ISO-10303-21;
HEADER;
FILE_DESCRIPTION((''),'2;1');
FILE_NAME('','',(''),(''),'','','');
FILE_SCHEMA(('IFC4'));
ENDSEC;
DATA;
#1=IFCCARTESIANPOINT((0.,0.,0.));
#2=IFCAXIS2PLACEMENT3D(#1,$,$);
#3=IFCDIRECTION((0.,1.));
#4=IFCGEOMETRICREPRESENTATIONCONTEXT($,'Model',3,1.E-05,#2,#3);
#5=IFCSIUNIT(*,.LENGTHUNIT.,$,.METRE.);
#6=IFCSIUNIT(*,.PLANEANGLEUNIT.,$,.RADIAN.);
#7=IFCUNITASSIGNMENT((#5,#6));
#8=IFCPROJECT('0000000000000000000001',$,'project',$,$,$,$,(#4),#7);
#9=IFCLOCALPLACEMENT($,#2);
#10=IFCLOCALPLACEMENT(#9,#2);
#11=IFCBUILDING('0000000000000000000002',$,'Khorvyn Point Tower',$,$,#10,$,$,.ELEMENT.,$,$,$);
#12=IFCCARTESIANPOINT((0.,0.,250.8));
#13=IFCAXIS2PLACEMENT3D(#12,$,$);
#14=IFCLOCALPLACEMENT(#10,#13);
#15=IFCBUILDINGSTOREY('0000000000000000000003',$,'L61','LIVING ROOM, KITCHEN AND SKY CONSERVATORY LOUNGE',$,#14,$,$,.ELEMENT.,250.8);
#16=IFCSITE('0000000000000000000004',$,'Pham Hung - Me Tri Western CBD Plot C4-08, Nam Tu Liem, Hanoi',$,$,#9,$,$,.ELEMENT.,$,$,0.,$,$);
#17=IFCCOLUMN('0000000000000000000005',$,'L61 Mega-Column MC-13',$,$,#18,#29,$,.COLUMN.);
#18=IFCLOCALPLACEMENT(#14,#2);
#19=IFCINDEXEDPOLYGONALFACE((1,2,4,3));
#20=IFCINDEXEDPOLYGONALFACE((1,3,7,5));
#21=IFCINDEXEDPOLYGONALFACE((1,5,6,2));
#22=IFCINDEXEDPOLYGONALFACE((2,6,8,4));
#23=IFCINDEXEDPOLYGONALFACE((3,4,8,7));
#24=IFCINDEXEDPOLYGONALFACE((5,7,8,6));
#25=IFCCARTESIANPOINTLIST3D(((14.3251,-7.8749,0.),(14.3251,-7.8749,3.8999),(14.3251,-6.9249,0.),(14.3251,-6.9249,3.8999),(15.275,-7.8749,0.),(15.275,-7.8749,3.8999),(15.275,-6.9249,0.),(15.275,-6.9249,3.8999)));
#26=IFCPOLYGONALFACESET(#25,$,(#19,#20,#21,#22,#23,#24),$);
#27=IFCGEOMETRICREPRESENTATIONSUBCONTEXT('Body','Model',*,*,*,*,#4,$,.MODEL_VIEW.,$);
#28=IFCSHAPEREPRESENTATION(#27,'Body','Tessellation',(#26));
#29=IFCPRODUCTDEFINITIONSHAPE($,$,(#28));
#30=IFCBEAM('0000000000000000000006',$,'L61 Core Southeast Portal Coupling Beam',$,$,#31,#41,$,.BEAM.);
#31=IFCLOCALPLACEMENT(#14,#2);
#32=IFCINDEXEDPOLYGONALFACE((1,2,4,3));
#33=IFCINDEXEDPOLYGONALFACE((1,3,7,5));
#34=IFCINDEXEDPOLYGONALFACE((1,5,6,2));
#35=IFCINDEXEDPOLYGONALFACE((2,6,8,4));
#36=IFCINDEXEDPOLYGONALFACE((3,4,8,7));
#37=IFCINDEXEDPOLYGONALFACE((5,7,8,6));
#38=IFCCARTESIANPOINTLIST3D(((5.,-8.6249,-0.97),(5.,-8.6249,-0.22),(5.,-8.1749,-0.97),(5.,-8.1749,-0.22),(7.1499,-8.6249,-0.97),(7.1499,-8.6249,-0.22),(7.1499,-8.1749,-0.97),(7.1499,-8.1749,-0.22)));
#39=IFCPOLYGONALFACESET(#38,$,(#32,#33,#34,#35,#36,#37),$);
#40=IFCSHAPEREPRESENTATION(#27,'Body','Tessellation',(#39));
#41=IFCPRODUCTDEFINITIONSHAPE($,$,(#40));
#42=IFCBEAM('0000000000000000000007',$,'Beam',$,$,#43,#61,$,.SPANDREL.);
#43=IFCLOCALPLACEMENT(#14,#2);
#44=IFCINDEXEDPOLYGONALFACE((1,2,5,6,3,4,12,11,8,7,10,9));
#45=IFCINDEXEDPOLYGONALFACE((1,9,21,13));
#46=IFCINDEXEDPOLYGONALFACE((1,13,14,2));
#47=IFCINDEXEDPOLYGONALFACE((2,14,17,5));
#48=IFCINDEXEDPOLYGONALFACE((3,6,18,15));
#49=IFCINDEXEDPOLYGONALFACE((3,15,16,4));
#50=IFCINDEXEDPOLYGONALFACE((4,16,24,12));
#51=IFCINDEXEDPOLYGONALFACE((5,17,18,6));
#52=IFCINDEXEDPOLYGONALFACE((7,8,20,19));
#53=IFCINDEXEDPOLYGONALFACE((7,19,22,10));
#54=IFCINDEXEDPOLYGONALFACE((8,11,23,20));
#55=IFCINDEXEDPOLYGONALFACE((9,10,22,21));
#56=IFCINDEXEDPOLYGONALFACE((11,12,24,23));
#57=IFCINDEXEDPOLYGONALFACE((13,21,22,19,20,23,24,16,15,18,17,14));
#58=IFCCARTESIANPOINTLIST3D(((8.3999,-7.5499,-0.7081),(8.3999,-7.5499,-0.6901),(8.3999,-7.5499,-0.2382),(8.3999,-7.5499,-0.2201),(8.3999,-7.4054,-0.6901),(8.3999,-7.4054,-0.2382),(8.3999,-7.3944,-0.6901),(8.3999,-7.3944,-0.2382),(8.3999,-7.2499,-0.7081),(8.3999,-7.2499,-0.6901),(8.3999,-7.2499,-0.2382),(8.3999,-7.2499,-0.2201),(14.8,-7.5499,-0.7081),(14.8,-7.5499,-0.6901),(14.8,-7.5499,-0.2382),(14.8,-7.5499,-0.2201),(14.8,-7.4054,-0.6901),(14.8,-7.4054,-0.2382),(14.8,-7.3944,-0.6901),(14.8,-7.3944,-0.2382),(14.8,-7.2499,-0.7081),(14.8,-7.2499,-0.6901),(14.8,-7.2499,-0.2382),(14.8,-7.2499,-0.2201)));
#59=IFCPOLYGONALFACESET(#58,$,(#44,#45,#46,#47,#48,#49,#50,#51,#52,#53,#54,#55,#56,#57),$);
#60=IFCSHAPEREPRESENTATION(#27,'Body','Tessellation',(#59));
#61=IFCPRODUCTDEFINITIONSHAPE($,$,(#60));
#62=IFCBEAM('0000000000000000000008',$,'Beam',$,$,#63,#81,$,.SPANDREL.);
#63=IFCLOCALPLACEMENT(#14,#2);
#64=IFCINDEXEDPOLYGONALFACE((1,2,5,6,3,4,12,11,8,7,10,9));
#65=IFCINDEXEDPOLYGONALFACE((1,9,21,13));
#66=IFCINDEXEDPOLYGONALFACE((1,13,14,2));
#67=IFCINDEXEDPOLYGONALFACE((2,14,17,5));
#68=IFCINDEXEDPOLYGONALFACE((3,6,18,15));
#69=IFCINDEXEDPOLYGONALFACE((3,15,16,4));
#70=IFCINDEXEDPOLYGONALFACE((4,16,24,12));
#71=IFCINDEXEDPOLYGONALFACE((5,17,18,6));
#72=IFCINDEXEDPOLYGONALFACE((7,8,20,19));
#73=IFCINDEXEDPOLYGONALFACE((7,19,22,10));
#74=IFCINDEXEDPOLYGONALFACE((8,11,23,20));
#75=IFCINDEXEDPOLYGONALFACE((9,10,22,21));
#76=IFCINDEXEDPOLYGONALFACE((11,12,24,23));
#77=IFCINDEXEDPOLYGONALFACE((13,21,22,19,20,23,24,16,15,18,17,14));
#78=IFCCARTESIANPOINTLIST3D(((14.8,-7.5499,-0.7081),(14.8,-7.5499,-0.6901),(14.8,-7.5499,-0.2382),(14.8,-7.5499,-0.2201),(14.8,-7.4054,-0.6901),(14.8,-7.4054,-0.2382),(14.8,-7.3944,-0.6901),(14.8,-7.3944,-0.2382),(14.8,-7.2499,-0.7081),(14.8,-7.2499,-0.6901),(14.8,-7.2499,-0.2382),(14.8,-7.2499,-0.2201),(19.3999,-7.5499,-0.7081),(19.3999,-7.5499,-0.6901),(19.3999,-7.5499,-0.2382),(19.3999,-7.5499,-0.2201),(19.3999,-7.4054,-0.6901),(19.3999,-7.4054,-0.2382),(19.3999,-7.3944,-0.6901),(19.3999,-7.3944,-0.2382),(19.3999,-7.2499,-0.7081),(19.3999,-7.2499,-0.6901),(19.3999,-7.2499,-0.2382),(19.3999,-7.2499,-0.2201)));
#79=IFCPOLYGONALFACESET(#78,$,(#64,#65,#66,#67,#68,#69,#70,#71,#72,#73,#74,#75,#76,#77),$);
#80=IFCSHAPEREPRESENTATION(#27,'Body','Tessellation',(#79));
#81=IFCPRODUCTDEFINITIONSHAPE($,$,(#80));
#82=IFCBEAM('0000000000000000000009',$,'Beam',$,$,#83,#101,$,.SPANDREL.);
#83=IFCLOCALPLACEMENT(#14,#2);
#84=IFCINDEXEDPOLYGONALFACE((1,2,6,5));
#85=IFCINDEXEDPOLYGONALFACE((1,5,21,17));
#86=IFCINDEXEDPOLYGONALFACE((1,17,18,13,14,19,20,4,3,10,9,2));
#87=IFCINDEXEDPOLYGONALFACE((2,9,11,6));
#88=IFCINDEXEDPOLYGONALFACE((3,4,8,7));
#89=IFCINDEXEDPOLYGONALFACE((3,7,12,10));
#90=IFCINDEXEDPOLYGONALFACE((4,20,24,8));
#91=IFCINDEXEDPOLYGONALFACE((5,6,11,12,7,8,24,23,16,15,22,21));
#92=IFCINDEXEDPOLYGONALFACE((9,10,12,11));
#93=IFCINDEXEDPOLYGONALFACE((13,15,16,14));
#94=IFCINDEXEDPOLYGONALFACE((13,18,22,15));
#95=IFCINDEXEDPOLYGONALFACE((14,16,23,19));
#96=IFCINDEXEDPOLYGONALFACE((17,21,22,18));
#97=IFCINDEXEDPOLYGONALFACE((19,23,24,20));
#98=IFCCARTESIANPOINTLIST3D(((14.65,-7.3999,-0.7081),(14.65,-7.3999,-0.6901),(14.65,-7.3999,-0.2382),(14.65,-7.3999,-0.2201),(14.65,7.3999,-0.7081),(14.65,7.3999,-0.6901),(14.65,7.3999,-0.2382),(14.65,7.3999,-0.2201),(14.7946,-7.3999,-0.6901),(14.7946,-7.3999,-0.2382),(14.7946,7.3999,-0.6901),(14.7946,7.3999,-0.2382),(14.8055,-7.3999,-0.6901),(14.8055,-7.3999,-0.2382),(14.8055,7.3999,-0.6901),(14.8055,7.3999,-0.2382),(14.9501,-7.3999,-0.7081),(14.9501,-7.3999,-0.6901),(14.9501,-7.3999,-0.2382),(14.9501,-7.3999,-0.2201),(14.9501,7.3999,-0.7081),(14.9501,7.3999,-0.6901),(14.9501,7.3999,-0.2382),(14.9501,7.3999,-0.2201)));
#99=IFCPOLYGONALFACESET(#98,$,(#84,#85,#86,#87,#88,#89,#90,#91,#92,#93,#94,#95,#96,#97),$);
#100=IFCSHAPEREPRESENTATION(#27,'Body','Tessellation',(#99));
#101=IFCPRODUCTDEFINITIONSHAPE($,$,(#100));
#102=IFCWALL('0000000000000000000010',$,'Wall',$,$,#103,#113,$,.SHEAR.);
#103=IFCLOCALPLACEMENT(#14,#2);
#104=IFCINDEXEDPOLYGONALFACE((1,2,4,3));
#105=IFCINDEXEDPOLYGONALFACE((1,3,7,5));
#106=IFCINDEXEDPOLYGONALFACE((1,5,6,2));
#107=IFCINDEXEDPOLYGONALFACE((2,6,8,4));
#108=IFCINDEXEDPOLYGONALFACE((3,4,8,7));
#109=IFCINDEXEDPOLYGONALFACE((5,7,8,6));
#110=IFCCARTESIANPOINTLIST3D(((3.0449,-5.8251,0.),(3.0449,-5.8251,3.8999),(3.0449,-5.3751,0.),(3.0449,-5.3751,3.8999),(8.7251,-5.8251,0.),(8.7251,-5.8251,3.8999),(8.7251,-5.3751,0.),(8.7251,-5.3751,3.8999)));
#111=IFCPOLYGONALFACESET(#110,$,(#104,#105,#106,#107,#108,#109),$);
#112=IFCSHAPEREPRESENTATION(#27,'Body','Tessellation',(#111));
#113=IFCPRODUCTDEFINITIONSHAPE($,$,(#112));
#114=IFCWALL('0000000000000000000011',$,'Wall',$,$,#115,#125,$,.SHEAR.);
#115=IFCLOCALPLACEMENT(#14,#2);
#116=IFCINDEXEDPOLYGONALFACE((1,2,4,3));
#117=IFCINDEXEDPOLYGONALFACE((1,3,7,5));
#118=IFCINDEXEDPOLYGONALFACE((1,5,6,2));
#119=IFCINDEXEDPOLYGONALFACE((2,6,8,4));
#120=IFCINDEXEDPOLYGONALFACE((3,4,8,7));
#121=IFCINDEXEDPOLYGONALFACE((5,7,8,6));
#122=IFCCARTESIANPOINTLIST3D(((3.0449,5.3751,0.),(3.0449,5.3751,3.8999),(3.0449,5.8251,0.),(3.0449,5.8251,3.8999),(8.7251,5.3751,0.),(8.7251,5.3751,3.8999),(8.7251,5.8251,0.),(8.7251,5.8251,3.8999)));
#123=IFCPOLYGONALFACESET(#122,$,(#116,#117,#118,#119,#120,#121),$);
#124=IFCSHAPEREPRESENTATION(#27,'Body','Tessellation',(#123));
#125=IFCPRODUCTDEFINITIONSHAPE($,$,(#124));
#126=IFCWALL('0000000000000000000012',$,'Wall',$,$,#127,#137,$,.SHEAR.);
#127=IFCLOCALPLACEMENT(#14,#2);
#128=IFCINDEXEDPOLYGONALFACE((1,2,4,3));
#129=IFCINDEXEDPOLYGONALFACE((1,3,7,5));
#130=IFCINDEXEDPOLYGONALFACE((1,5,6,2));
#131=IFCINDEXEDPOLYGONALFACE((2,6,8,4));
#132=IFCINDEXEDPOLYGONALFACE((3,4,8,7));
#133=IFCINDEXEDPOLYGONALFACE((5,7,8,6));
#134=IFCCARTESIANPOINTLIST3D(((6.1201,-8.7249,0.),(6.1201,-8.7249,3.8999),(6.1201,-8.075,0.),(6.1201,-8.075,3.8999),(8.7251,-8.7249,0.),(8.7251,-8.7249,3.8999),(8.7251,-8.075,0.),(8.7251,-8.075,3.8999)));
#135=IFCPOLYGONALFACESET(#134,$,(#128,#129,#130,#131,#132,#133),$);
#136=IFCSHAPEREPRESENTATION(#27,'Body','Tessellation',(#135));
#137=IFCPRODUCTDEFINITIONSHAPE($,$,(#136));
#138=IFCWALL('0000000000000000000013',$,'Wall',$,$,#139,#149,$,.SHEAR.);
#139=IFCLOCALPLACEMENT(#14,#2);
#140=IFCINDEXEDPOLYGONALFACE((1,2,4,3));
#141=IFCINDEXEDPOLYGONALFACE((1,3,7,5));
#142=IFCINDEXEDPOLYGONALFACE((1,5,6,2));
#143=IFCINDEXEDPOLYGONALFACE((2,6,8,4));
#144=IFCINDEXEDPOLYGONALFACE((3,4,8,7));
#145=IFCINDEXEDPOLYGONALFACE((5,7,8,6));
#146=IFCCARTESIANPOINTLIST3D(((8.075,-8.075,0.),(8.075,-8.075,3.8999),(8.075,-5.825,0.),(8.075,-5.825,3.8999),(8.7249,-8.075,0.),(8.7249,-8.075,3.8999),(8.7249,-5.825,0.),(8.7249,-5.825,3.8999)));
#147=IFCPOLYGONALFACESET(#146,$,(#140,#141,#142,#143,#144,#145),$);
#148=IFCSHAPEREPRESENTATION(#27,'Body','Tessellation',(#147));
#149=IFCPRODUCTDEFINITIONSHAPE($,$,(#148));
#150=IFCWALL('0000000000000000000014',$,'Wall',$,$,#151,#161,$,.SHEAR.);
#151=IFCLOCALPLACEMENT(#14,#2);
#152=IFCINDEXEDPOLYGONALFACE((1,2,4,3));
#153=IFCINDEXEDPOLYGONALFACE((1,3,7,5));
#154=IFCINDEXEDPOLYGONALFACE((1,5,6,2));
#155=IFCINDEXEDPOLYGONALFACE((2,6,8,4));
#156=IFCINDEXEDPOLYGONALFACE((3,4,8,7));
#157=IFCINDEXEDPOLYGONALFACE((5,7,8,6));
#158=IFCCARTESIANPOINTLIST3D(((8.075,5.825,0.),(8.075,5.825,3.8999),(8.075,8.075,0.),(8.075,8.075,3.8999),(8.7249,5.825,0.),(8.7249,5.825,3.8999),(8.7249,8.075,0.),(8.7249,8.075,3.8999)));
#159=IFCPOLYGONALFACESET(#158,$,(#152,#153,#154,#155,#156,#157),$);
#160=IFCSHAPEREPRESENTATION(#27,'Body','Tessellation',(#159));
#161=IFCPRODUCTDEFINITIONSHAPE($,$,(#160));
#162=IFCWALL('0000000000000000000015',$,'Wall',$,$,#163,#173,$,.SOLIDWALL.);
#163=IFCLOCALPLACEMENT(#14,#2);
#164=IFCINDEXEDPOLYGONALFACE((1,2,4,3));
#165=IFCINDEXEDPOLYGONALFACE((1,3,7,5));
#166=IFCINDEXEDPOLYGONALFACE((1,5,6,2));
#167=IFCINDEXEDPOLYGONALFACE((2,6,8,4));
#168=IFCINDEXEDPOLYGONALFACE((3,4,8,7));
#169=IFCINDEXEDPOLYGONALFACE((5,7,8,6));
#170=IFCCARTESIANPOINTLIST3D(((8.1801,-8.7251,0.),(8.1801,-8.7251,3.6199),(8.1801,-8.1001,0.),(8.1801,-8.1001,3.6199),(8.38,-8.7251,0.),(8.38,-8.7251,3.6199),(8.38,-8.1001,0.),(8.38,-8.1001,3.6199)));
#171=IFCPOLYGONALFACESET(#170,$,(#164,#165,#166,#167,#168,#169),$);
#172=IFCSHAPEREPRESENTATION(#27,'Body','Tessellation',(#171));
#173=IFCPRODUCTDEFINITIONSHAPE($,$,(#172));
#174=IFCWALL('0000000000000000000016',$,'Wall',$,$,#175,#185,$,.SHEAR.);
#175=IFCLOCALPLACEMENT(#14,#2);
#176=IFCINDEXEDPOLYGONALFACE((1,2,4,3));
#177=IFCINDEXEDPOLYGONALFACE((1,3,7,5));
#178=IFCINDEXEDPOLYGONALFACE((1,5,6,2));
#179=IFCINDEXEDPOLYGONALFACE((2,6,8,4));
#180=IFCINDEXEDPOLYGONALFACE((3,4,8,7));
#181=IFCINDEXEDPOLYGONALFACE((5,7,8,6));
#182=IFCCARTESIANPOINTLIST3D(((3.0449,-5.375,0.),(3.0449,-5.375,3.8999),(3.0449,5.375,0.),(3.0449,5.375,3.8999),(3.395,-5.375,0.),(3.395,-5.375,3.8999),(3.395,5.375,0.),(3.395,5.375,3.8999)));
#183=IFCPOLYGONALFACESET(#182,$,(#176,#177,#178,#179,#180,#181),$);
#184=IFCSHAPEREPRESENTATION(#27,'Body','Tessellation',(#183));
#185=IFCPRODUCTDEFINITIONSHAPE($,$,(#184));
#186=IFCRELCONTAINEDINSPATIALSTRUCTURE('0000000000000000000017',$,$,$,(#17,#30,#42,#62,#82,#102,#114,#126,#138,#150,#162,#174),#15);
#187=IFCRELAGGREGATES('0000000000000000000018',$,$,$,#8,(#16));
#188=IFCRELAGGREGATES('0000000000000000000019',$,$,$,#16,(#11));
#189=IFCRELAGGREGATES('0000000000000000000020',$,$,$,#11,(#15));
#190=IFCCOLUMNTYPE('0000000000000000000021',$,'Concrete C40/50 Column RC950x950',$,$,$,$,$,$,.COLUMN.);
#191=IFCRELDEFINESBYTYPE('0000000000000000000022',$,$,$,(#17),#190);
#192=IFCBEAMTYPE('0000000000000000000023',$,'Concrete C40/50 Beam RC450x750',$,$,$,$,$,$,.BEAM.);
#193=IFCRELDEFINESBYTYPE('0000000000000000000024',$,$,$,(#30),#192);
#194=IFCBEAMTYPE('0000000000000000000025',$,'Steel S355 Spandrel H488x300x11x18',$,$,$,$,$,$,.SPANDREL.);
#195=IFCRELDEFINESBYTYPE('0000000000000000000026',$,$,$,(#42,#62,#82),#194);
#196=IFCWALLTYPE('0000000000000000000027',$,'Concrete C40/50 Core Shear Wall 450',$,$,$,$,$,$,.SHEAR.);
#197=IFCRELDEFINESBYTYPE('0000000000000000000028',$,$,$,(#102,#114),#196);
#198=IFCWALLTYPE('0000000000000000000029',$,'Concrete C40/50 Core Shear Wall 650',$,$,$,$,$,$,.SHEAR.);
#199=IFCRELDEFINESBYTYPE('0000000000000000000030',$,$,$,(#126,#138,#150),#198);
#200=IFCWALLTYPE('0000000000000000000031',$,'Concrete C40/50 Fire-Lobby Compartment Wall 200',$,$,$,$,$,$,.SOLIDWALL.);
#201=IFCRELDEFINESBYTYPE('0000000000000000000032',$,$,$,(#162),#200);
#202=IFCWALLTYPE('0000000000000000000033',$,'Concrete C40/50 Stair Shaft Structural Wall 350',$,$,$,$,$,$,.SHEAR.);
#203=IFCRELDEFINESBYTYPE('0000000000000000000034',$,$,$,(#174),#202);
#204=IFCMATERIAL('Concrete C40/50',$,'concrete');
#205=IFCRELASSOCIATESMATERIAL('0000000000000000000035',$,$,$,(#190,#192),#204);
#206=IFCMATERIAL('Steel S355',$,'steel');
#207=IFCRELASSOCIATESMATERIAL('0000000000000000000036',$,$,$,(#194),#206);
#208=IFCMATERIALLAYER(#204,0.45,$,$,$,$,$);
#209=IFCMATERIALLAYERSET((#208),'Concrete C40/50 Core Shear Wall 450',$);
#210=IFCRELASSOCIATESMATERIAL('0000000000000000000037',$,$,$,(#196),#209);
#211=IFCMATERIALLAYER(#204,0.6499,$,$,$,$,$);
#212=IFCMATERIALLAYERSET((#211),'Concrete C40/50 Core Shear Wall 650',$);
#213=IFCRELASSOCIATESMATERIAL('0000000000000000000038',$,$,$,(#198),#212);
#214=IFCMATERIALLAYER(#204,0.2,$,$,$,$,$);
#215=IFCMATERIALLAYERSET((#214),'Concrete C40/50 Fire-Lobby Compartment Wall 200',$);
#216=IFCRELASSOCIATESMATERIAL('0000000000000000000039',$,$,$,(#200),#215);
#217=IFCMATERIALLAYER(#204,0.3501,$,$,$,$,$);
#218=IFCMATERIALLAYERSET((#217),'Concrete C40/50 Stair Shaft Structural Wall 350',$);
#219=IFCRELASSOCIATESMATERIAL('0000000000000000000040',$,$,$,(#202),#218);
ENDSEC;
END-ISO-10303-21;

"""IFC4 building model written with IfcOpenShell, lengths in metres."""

from ifc_helpers import new_model, si_unit, direction, frame, frame_2d, origin, origin_2d, place, context, subcontext, project, spatial, rectangle, i_section, extrude, material, layer, layer_set, material_profile, profile_set, type_object, element, save


model = new_model("IFC4")

# Units and contexts
model_context = context("Model", 3, precision=1e-05, world=origin(), true_north=direction((0.0, 1.0)))
body_context = subcontext(model_context, "Body", "Model", "MODEL_VIEW")
ifc_project = project(units=[si_unit("LENGTHUNIT", "METRE"), si_unit("PLANEANGLEUNIT", "RADIAN")], contexts=[model_context])

# Site, building, storey
site_placement = place(None, origin())
site = spatial("IfcSite", under=ifc_project, at=site_placement, Name="Pham Hung - Me Tri Western CBD Plot C4-08, Nam Tu Liem, Hanoi", CompositionType="ELEMENT", RefElevation=0.0)
building_placement = place(site_placement, origin())
building = spatial("IfcBuilding", under=site, at=building_placement, Name="Khorvyn Point Tower", CompositionType="ELEMENT")
storey_placement = place(building_placement, frame((0.0, 0.0, 250.8)))
storey = spatial("IfcBuildingStorey", under=building, at=storey_placement, Name="L61", Description="LIVING ROOM, KITCHEN AND SKY CONSERVATORY LOUNGE", CompositionType="ELEMENT", Elevation=250.8)

# Column
ifc_material_1 = material(Name="Concrete C40/50", Category="concrete")
ifc_material_profile_1 = material_profile(ifc_material_1, rectangle(XDim=0.95, YDim=0.95, at=origin_2d()))
ifc_profile_set_1 = profile_set([ifc_material_profile_1], Name="Concrete C40/50 RC950x950")
column_type = type_object("IfcColumnType", Name="Concrete C40/50 Column RC950x950", PredefinedType="COLUMN", material=ifc_profile_set_1)
column_placement = place(storey_placement, frame((14.8, -7.3999, 0.0), z_axis=(0.0, 0.0, 1.0), x_axis=(1.0, 0.0, 0.0)))
element("IfcColumn", 1, at=column_placement, inside=storey, type_object=column_type, Name="L61 Mega-Column MC-13", PredefinedType="COLUMN", context=body_context, shape_type="SweptSolid", body=[
    extrude(rectangle(XDim=0.95, YDim=0.95, at=origin_2d()), origin(), (0.0, 0.0, 1.0), 3.8999),
])

# Beams
ifc_material_profile_2 = material_profile(ifc_material_1, rectangle(XDim=0.45, YDim=0.75, at=origin_2d()))
ifc_profile_set_2 = profile_set([ifc_material_profile_2], Name="Concrete C40/50 RC450x750")
beam_type_1 = type_object("IfcBeamType", Name="Concrete C40/50 Beam RC450x750", PredefinedType="BEAM", material=ifc_profile_set_2)
beam_1_placement = place(storey_placement, frame((5.0, -8.3999, -0.595), z_axis=(1.0, 0.0, 0.0), x_axis=(0.0, 1.0, 0.0)))
element("IfcBeam", 2, at=beam_1_placement, inside=storey, type_object=beam_type_1, Name="L61 Core Southeast Portal Coupling Beam", PredefinedType="BEAM", context=body_context, shape_type="SweptSolid", body=[
    extrude(rectangle(XDim=0.45, YDim=0.75, at=origin_2d()), origin(), (0.0, 0.0, 1.0), 2.1499),
])
ifc_material_2 = material(Name="Steel S355", Category="steel")
ifc_material_profile_3 = material_profile(ifc_material_2, i_section(OverallWidth=0.3, OverallDepth=0.488, WebThickness=0.011, FlangeThickness=0.0181, at=origin_2d()))
ifc_profile_set_3 = profile_set([ifc_material_profile_3], Name="Steel S355 H488x300x11x18")
beam_type_2 = type_object("IfcBeamType", Name="Steel S355 Spandrel H488x300x11x18", PredefinedType="SPANDREL", material=ifc_profile_set_3)
beam_2_placement = place(storey_placement, frame((8.3999, -7.3999, -0.4641), z_axis=(1.0, 0.0, 0.0), x_axis=(0.0, 1.0, 0.0)))
element("IfcBeam", 3, at=beam_2_placement, inside=storey, type_object=beam_type_2, Name="Beam", PredefinedType="SPANDREL", context=body_context, shape_type="SweptSolid", body=[
    extrude(i_section(OverallWidth=0.3, OverallDepth=0.488, WebThickness=0.011, FlangeThickness=0.0181, at=origin_2d()), origin(), (0.0, 0.0, 1.0), 6.4001),
])
beam_3_placement = place(storey_placement, frame((14.8, -7.3999, -0.4641), z_axis=(1.0, 0.0, 0.0), x_axis=(0.0, 1.0, 0.0)))
element("IfcBeam", 4, at=beam_3_placement, inside=storey, type_object=beam_type_2, Name="Beam", PredefinedType="SPANDREL", context=body_context, shape_type="SweptSolid", body=[
    extrude(i_section(OverallWidth=0.3, OverallDepth=0.488, WebThickness=0.011, FlangeThickness=0.0181, at=origin_2d()), origin(), (0.0, 0.0, 1.0), 4.5999),
])
beam_4_placement = place(storey_placement, frame((14.8, -7.3999, -0.4641), z_axis=(0.0, 1.0, 0.0), x_axis=(-1.0, 0.0, 0.0)))
element("IfcBeam", 5, at=beam_4_placement, inside=storey, type_object=beam_type_2, Name="Beam", PredefinedType="SPANDREL", context=body_context, shape_type="SweptSolid", body=[
    extrude(i_section(OverallWidth=0.3, OverallDepth=0.488, WebThickness=0.011, FlangeThickness=0.0181, at=origin_2d()), origin(), (0.0, 0.0, 1.0), 14.7998),
])

# Walls
ifc_layer_1 = layer(ifc_material_1, 0.45)
ifc_layer_set_1 = layer_set([ifc_layer_1], Name="Concrete C40/50 Core Shear Wall 450")
wall_type_1 = type_object("IfcWallType", Name="Concrete C40/50 Core Shear Wall 450", PredefinedType="SHEAR", material=ifc_layer_set_1)
for number, where, z_axis, x_axis, name in (
    (6, (3.0449, -5.6001, 0.0), (0.0, 0.0, 1.0), (1.0, 0.0, 0.0), "Wall"),
    (7, (3.0449, 5.6001, 0.0), (0.0, 0.0, 1.0), (1.0, 0.0, 0.0), "Wall"),
):
    element("IfcWall", number, at=place(storey_placement, frame(where, z_axis=z_axis, x_axis=x_axis)), inside=storey, type_object=wall_type_1, Name=name, PredefinedType="SHEAR", context=body_context, shape_type="SweptSolid", body=[
        extrude(rectangle(XDim=5.6802, YDim=0.45, at=frame_2d((2.8401, 0.0))), origin(), (0.0, 0.0, 1.0), 3.8999),
    ])
ifc_layer_2 = layer(ifc_material_1, 0.6499)
ifc_layer_set_2 = layer_set([ifc_layer_2], Name="Concrete C40/50 Core Shear Wall 650")
wall_type_2 = type_object("IfcWallType", Name="Concrete C40/50 Core Shear Wall 650", PredefinedType="SHEAR", material=ifc_layer_set_2)
wall_1_placement = place(storey_placement, frame((6.1201, -8.3999, 0.0), z_axis=(0.0, 0.0, 1.0), x_axis=(1.0, 0.0, 0.0)))
element("IfcWall", 8, at=wall_1_placement, inside=storey, type_object=wall_type_2, Name="Wall", PredefinedType="SHEAR", context=body_context, shape_type="SweptSolid", body=[
    extrude(rectangle(XDim=2.605, YDim=0.6499, at=frame_2d((1.3025, 0.0))), origin(), (0.0, 0.0, 1.0), 3.8999),
])
for number, where, z_axis, x_axis, name in (
    (9, (8.3999, -8.075, 0.0), (0.0, 0.0, 1.0), (0.0, 1.0, 0.0), "Wall"),
    (10, (8.3999, 5.825, 0.0), (0.0, 0.0, 1.0), (0.0, 1.0, 0.0), "Wall"),
):
    element("IfcWall", number, at=place(storey_placement, frame(where, z_axis=z_axis, x_axis=x_axis)), inside=storey, type_object=wall_type_2, Name=name, PredefinedType="SHEAR", context=body_context, shape_type="SweptSolid", body=[
        extrude(rectangle(XDim=2.25, YDim=0.6499, at=frame_2d((1.125, 0.0))), origin(), (0.0, 0.0, 1.0), 3.8999),
    ])

# Shared definitions
ifc_layer_3 = layer(ifc_material_1, 0.2)
ifc_layer_set_3 = layer_set([ifc_layer_3], Name="Concrete C40/50 Fire-Lobby Compartment Wall 200")
wall_type_3 = type_object("IfcWallType", Name="Concrete C40/50 Fire-Lobby Compartment Wall 200", PredefinedType="SOLIDWALL", material=ifc_layer_set_3)

# Walls
wall_2_placement = place(storey_placement, frame((8.28, -8.7251, 0.0), z_axis=(0.0, 0.0, 1.0), x_axis=(0.0, 1.0, 0.0)))
element("IfcWall", 11, at=wall_2_placement, inside=storey, type_object=wall_type_3, Name="Wall", PredefinedType="SOLIDWALL", context=body_context, shape_type="SweptSolid", body=[
    extrude(rectangle(XDim=0.625, YDim=0.2, at=frame_2d((0.3125, 0.0))), origin(), (0.0, 0.0, 1.0), 3.6199),
])
ifc_layer_4 = layer(ifc_material_1, 0.3501)
ifc_layer_set_4 = layer_set([ifc_layer_4], Name="Concrete C40/50 Stair Shaft Structural Wall 350")
wall_type_4 = type_object("IfcWallType", Name="Concrete C40/50 Stair Shaft Structural Wall 350", PredefinedType="SHEAR", material=ifc_layer_set_4)
wall_3_placement = place(storey_placement, frame((3.22, -5.375, 0.0), z_axis=(0.0, 0.0, 1.0), x_axis=(0.0, 1.0, 0.0)))
element("IfcWall", 12, at=wall_3_placement, inside=storey, type_object=wall_type_4, Name="Wall", PredefinedType="SHEAR", context=body_context, shape_type="SweptSolid", body=[
    extrude(rectangle(XDim=10.75, YDim=0.3501, at=frame_2d((5.375, 0.0))), origin(), (0.0, 0.0, 1.0), 3.8999),
])

save(model, "model.ifc")
